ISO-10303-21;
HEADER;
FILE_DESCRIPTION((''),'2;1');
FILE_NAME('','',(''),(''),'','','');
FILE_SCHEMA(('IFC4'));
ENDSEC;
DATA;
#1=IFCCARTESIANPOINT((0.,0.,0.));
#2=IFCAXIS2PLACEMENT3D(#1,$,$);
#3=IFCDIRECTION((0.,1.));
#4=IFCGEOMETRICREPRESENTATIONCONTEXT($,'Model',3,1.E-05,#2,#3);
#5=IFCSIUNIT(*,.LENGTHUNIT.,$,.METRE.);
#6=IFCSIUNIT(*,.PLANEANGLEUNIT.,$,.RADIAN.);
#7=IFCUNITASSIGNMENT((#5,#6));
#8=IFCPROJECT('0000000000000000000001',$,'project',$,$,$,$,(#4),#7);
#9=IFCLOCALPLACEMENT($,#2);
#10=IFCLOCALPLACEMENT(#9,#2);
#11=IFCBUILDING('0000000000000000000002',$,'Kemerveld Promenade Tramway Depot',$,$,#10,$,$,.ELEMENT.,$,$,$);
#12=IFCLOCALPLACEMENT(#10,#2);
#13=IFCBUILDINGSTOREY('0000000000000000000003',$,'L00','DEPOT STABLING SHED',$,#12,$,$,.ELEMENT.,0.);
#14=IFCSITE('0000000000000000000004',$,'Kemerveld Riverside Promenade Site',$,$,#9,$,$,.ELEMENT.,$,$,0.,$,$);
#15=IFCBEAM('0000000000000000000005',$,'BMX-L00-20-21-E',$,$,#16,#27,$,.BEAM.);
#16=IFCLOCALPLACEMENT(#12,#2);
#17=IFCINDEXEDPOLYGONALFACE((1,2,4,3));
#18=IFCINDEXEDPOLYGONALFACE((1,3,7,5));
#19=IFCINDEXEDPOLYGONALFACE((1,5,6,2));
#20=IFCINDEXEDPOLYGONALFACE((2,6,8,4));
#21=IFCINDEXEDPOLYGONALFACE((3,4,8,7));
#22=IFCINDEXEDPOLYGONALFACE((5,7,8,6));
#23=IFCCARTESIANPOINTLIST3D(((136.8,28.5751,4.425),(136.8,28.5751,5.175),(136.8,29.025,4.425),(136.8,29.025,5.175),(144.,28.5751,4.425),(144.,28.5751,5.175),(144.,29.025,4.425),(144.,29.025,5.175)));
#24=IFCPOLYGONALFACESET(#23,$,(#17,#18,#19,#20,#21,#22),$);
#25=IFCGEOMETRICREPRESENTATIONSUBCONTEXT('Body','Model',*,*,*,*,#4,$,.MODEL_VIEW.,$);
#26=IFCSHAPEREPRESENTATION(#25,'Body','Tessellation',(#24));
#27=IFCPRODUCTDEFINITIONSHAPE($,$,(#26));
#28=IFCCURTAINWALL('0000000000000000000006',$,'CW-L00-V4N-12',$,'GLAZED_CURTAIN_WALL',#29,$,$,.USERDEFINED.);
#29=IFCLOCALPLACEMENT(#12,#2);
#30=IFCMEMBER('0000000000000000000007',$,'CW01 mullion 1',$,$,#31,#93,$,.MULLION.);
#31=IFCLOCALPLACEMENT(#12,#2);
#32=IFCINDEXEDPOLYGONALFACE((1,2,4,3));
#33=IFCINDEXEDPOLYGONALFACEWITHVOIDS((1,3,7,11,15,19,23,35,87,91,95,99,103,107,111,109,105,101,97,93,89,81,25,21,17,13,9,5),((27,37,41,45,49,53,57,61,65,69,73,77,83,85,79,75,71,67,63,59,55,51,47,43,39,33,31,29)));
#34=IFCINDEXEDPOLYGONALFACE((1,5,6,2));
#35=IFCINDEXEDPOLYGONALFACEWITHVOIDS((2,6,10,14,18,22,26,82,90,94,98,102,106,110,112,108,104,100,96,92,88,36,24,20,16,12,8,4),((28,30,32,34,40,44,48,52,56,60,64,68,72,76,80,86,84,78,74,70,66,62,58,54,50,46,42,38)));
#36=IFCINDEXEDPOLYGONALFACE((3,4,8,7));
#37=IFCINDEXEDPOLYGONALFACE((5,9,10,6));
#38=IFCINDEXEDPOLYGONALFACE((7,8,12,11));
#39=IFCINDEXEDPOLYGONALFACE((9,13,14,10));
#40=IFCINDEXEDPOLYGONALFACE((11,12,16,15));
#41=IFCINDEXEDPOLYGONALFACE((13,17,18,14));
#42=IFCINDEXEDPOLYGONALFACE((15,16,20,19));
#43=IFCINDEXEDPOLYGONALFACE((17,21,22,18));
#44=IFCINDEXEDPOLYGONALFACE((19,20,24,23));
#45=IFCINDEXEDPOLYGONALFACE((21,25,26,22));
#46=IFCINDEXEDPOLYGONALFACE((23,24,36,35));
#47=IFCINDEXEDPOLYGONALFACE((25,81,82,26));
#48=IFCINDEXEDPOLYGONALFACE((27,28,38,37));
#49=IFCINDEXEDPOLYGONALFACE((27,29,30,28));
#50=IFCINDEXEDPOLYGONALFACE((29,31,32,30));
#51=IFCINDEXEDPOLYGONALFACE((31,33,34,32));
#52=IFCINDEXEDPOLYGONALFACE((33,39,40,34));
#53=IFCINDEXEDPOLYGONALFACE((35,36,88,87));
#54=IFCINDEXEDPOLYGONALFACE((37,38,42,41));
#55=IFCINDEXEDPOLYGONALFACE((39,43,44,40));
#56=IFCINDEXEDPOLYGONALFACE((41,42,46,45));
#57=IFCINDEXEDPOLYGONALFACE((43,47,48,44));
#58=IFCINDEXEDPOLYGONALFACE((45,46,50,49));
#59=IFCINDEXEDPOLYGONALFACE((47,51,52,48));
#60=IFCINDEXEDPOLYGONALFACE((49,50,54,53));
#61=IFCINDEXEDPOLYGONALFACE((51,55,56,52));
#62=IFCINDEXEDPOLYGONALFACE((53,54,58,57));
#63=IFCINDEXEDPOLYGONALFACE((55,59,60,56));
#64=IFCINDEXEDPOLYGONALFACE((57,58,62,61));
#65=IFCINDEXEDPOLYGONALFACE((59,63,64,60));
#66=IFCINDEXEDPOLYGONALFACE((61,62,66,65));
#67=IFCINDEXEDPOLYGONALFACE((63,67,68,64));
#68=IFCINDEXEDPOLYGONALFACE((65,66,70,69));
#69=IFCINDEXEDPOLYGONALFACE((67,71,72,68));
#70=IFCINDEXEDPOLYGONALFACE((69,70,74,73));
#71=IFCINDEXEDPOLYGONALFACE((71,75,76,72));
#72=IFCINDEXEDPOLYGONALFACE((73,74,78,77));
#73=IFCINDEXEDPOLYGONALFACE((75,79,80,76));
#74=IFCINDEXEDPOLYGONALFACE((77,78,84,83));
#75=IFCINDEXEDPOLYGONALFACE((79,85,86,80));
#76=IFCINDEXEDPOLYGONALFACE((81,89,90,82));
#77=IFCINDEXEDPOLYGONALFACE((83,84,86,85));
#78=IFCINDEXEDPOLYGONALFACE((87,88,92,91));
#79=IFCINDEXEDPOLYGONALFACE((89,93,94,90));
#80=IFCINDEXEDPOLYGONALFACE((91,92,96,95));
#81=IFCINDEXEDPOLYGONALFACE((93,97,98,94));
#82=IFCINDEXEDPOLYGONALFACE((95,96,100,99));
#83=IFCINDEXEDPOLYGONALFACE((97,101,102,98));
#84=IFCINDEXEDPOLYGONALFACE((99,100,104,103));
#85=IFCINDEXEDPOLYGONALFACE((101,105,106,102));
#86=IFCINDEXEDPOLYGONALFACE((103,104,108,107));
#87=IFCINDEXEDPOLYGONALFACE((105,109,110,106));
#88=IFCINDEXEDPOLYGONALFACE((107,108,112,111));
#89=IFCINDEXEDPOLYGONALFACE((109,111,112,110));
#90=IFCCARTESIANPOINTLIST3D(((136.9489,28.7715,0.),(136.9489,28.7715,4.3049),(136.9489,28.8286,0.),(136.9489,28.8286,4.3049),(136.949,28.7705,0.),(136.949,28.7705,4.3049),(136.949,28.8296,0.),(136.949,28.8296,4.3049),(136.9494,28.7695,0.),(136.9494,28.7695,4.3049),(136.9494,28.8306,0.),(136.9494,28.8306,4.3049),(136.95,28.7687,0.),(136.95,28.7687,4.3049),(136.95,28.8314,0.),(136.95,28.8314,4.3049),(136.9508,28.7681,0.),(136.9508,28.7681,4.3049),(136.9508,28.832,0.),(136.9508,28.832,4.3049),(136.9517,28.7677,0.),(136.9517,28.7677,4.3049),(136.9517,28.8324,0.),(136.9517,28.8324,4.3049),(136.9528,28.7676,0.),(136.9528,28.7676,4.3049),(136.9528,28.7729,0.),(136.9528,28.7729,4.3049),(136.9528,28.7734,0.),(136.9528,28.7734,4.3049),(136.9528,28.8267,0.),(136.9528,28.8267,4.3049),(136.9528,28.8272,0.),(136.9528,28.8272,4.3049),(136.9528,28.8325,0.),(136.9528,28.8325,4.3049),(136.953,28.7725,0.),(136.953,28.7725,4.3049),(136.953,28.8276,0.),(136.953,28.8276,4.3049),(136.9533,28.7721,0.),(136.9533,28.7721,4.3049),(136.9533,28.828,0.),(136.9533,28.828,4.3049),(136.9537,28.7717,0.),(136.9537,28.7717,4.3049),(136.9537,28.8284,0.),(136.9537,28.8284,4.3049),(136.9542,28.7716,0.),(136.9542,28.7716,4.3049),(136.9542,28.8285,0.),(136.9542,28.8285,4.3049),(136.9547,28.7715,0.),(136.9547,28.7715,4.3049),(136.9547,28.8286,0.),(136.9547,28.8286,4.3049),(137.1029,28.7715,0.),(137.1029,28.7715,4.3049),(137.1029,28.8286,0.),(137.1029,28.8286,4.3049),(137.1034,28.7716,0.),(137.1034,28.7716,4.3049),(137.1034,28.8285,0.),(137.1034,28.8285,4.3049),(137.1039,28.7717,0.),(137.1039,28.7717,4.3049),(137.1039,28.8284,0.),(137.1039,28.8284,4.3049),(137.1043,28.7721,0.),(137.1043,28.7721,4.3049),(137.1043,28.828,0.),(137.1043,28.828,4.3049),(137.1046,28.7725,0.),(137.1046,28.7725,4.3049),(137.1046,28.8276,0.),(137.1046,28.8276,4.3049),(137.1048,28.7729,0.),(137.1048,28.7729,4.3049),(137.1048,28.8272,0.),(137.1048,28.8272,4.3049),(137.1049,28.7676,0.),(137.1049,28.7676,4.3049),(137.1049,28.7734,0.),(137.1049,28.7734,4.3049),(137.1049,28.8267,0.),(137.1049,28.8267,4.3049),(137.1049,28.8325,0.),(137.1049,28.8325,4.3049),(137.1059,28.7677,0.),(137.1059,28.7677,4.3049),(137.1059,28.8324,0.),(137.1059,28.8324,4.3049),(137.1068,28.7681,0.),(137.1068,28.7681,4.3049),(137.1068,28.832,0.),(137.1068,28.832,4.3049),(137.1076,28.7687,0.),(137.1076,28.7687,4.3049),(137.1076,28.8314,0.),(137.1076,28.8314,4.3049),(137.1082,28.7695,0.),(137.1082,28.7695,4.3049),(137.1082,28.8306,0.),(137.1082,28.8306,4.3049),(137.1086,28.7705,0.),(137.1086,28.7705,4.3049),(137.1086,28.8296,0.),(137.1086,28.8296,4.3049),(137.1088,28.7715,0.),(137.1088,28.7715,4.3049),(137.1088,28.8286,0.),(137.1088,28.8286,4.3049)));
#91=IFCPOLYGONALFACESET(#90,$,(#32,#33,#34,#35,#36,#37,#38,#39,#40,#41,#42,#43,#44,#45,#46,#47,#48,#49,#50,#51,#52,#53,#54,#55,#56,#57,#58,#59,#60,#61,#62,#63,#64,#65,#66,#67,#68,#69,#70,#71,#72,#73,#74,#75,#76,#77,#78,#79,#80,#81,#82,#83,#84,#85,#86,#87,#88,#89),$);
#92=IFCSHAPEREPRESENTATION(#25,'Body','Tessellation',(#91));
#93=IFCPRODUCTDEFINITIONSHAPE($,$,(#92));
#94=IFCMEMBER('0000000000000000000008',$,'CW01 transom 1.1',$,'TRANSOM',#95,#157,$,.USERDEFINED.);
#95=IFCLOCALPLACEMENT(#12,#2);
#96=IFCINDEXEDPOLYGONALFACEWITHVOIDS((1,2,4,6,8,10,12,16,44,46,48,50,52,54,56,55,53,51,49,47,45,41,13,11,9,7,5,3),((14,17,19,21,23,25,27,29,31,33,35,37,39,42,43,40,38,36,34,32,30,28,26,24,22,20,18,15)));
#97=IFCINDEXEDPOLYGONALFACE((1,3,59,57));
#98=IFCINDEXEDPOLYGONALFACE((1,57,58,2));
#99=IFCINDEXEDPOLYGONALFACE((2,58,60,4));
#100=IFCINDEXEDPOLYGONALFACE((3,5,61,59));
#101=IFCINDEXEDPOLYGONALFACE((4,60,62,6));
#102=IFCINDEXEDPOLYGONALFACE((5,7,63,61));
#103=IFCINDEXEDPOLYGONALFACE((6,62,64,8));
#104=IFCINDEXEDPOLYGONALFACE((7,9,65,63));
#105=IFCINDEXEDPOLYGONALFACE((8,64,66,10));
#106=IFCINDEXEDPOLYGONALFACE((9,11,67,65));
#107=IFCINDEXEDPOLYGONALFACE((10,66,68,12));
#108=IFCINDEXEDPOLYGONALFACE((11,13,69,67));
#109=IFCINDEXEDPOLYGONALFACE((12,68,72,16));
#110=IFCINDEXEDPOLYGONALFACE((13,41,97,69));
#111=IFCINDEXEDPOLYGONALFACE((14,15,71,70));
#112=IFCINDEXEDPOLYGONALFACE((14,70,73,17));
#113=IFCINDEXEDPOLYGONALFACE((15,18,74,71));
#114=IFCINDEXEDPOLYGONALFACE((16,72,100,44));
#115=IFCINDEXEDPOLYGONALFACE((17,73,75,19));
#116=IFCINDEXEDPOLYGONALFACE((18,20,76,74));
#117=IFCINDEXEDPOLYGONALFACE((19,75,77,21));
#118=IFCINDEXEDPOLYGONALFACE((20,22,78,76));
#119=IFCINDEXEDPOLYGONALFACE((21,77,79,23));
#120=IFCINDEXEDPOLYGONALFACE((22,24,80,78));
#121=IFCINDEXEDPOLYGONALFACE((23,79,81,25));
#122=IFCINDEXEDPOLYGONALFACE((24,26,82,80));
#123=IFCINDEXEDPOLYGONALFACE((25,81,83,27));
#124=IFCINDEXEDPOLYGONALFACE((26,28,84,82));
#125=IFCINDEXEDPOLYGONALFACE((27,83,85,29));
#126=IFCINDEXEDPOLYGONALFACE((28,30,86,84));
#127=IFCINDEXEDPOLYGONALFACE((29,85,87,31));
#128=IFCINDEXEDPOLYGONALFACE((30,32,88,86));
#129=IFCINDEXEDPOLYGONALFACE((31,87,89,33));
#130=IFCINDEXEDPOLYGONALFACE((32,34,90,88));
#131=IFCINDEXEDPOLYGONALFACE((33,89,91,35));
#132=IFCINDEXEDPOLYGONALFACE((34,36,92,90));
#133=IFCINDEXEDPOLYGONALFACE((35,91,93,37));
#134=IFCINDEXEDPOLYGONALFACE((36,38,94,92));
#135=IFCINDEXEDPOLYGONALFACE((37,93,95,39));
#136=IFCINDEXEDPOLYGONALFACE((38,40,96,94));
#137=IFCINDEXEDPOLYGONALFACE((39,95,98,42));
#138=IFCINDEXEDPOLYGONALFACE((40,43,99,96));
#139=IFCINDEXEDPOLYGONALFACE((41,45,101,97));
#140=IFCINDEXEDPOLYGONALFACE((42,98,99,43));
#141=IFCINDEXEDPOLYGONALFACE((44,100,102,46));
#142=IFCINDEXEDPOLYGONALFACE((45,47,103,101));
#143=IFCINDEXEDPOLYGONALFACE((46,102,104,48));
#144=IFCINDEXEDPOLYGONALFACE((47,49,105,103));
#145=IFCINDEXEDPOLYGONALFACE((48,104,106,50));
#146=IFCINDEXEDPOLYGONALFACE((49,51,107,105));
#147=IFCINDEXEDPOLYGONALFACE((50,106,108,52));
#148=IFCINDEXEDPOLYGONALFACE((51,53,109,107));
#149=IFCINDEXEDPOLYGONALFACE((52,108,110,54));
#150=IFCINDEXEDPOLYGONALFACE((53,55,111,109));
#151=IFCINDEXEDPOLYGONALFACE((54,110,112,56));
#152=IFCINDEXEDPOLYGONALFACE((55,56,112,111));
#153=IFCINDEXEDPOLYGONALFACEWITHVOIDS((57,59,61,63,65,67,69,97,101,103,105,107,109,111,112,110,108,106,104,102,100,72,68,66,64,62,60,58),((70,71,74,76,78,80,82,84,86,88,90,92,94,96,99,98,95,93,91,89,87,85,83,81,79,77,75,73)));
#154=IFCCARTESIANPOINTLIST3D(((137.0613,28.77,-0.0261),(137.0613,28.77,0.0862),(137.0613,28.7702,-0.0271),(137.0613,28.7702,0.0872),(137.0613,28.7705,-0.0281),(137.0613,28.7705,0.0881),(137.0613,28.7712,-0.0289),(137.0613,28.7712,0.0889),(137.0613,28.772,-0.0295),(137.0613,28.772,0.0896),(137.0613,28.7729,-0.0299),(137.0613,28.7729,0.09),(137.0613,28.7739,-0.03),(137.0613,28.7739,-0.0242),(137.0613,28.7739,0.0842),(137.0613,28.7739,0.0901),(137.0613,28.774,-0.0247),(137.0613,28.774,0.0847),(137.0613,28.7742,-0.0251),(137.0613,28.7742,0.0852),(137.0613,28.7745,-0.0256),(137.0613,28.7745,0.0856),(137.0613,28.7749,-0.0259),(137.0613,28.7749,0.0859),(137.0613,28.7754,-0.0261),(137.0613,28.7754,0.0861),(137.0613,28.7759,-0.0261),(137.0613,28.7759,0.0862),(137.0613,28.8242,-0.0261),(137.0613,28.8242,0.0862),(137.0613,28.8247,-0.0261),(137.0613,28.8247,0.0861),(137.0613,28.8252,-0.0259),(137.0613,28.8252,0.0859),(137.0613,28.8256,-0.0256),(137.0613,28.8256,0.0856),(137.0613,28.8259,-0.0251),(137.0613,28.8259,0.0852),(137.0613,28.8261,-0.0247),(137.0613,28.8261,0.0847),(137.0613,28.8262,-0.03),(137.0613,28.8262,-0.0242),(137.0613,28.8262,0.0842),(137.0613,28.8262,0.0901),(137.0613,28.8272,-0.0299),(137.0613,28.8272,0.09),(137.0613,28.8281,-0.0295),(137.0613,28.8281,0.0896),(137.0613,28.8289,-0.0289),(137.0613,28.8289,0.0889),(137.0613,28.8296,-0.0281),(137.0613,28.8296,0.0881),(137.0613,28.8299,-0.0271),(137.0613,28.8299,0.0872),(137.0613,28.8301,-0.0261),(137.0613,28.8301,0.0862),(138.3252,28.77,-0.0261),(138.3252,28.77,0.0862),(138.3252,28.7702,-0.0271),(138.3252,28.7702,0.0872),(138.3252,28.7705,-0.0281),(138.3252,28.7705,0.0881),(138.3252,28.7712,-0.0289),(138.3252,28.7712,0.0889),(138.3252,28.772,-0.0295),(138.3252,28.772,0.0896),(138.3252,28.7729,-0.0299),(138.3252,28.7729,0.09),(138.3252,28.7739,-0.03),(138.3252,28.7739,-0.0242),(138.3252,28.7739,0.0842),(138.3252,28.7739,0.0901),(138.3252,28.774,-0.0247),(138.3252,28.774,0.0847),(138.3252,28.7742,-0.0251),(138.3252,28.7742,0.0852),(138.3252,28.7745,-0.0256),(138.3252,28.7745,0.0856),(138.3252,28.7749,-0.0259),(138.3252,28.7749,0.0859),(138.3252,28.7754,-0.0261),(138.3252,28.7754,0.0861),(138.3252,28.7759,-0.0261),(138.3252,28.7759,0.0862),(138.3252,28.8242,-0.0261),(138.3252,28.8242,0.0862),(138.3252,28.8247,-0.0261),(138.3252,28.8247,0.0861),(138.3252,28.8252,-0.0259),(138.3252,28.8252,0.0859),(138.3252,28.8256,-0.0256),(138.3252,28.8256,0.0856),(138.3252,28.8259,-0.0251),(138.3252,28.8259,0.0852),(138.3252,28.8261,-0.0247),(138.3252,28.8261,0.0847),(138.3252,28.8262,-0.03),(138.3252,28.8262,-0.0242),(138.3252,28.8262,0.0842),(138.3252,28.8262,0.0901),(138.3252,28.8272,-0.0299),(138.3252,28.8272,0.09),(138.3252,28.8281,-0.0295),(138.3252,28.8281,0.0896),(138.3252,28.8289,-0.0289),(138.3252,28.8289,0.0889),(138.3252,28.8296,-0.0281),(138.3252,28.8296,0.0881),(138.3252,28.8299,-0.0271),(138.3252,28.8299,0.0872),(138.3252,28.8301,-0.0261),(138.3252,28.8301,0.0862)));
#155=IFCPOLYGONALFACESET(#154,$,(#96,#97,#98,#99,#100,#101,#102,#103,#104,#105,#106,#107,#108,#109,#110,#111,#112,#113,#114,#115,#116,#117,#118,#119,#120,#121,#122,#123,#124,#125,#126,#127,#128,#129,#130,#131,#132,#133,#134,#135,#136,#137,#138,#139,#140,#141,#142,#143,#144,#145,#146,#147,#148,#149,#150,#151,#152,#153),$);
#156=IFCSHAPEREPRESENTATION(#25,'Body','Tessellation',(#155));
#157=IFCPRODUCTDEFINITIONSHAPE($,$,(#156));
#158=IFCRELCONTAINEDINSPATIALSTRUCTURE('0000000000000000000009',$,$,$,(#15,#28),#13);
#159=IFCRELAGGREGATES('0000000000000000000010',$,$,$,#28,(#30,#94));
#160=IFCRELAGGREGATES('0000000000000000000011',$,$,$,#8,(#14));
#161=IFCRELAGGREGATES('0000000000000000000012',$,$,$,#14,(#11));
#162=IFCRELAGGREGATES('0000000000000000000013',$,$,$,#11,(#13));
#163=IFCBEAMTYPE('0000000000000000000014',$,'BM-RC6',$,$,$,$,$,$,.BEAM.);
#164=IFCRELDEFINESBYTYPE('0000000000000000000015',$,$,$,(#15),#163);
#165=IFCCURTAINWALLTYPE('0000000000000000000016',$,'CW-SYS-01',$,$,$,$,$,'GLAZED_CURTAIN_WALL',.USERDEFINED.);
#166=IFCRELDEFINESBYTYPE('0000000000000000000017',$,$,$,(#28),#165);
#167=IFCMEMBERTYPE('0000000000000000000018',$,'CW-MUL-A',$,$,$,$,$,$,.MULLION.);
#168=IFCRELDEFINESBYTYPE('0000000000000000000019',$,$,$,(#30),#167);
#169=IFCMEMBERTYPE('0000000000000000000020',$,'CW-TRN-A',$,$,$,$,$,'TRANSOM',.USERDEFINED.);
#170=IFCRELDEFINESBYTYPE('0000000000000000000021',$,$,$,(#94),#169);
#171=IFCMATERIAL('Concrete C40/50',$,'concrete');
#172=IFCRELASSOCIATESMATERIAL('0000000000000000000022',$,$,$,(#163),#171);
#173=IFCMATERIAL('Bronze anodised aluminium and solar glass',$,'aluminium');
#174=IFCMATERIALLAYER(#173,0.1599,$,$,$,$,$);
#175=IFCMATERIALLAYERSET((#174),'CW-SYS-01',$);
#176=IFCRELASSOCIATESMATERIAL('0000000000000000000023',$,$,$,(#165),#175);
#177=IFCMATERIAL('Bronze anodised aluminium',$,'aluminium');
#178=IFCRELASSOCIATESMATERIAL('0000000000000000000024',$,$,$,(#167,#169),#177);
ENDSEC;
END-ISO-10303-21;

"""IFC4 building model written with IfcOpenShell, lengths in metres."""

from ifc_helpers import new_model, si_unit, direction, frame, origin, origin_2d, place, context, subcontext, project, spatial, rectangle, hollow_rectangle, extrude, material, layer, layer_set, material_profile, profile_set, type_object, element, aggregate, save


model = new_model("IFC4")

# Units and contexts
model_context = context("Model", 3, precision=1e-05, world=origin(), true_north=direction((0.0, 1.0)))
body_context = subcontext(model_context, "Body", "Model", "MODEL_VIEW")
ifc_project = project(units=[si_unit("LENGTHUNIT", "METRE"), si_unit("PLANEANGLEUNIT", "RADIAN")], contexts=[model_context])

# Site, building, storey
site_placement = place(None, origin())
site = spatial("IfcSite", under=ifc_project, at=site_placement, Name="Kemerveld Riverside Promenade Site", CompositionType="ELEMENT", RefElevation=0.0)
building_placement = place(site_placement, origin())
building = spatial("IfcBuilding", under=site, at=building_placement, Name="Kemerveld Promenade Tramway Depot", CompositionType="ELEMENT")
storey_placement = place(building_placement, origin())
storey = spatial("IfcBuildingStorey", under=building, at=storey_placement, Name="L00", Description="DEPOT STABLING SHED", CompositionType="ELEMENT", Elevation=0.0)

# Beam
ifc_material_1 = material(Name="Concrete C40/50", Category="concrete")
ifc_material_profile_1 = material_profile(ifc_material_1, rectangle(XDim=0.45, YDim=0.75, at=origin_2d()), Name="RC-BM-450x750")
ifc_profile_set_1 = profile_set([ifc_material_profile_1], Name="Concrete C40/50")
beam_type_1 = type_object("IfcBeamType", Name="BM-RC6", PredefinedType="BEAM", material=ifc_profile_set_1)
beam_1_placement = place(storey_placement, frame((136.8, 28.8, 4.8), z_axis=(1.0, 0.0, 0.0), x_axis=(0.0, 1.0, 0.0)))
element("IfcBeam", 1, at=beam_1_placement, inside=storey, type_object=beam_type_1, Name="BMX-L00-20-21-E", PredefinedType="BEAM", context=body_context, shape_type="SweptSolid", body=[
    extrude(rectangle(XDim=0.45, YDim=0.75, at=origin_2d()), origin(), (0.0, 0.0, 1.0), 7.2),
])

# Curtain wall, members
ifc_material_2 = material(Name="Bronze anodised aluminium and solar glass", Category="aluminium")
ifc_layer_1 = layer(ifc_material_2, 0.1599)
ifc_layer_set_1 = layer_set([ifc_layer_1], Name="CW-SYS-01")
curtain_wall_type = type_object("IfcCurtainWallType", Name="CW-SYS-01", ElementType="GLAZED_CURTAIN_WALL", PredefinedType="USERDEFINED", material=ifc_layer_set_1)
curtain_wall_placement = place(storey_placement, origin())
curtain_wall = element("IfcCurtainWall", 2, at=curtain_wall_placement, inside=storey, type_object=curtain_wall_type, Name="CW-L00-V4N-12", ObjectType="GLAZED_CURTAIN_WALL", PredefinedType="USERDEFINED")
ifc_material_3 = material(Name="Bronze anodised aluminium", Category="aluminium")
ifc_material_profile_2 = material_profile(ifc_material_3, hollow_rectangle(XDim=0.0649, YDim=0.1599, WallThickness=0.0039, InnerFilletRadius=0.002, OuterFilletRadius=0.0039, at=origin_2d()), Name="CW-MUL-160x65")
ifc_profile_set_2 = profile_set([ifc_material_profile_2], Name="Bronze anodised aluminium")
member_type_1 = type_object("IfcMemberType", Name="CW-MUL-A", PredefinedType="MULLION", material=ifc_profile_set_2)
member_1_placement = place(storey_placement, frame((137.0288, 28.8, 0.0), z_axis=(0.0, 0.0, 1.0), x_axis=(0.0, 1.0, 0.0)))
member_1 = element("IfcMember", 3, at=member_1_placement, type_object=member_type_1, Name="CW01 mullion 1", PredefinedType="MULLION", context=body_context, shape_type="SweptSolid", body=[
    extrude(hollow_rectangle(XDim=0.0649, YDim=0.1599, WallThickness=0.0039, InnerFilletRadius=0.002, OuterFilletRadius=0.0039, at=origin_2d()), origin(), (0.0, 0.0, 1.0), 4.3049),
])
ifc_material_profile_3 = material_profile(ifc_material_3, hollow_rectangle(XDim=0.0601, YDim=0.1201, WallThickness=0.0039, InnerFilletRadius=0.002, OuterFilletRadius=0.0039, at=origin_2d()), Name="CW-TRN-120x60")
ifc_profile_set_3 = profile_set([ifc_material_profile_3], Name="Bronze anodised aluminium")
member_type_2 = type_object("IfcMemberType", Name="CW-TRN-A", ElementType="TRANSOM", PredefinedType="USERDEFINED", material=ifc_profile_set_3)
member_2_placement = place(storey_placement, frame((137.0613, 28.8, 0.03), z_axis=(1.0, 0.0, 0.0), x_axis=(0.0, 1.0, 0.0)))
member_2 = element("IfcMember", 4, at=member_2_placement, type_object=member_type_2, Name="CW01 transom 1.1", ObjectType="TRANSOM", PredefinedType="USERDEFINED", context=body_context, shape_type="SweptSolid", body=[
    extrude(hollow_rectangle(XDim=0.0601, YDim=0.1201, WallThickness=0.0039, InnerFilletRadius=0.002, OuterFilletRadius=0.0039, at=origin_2d()), origin(), (0.0, 0.0, 1.0), 1.2639),
])
aggregate(curtain_wall, [member_1, member_2])

save(model, "model.ifc")
